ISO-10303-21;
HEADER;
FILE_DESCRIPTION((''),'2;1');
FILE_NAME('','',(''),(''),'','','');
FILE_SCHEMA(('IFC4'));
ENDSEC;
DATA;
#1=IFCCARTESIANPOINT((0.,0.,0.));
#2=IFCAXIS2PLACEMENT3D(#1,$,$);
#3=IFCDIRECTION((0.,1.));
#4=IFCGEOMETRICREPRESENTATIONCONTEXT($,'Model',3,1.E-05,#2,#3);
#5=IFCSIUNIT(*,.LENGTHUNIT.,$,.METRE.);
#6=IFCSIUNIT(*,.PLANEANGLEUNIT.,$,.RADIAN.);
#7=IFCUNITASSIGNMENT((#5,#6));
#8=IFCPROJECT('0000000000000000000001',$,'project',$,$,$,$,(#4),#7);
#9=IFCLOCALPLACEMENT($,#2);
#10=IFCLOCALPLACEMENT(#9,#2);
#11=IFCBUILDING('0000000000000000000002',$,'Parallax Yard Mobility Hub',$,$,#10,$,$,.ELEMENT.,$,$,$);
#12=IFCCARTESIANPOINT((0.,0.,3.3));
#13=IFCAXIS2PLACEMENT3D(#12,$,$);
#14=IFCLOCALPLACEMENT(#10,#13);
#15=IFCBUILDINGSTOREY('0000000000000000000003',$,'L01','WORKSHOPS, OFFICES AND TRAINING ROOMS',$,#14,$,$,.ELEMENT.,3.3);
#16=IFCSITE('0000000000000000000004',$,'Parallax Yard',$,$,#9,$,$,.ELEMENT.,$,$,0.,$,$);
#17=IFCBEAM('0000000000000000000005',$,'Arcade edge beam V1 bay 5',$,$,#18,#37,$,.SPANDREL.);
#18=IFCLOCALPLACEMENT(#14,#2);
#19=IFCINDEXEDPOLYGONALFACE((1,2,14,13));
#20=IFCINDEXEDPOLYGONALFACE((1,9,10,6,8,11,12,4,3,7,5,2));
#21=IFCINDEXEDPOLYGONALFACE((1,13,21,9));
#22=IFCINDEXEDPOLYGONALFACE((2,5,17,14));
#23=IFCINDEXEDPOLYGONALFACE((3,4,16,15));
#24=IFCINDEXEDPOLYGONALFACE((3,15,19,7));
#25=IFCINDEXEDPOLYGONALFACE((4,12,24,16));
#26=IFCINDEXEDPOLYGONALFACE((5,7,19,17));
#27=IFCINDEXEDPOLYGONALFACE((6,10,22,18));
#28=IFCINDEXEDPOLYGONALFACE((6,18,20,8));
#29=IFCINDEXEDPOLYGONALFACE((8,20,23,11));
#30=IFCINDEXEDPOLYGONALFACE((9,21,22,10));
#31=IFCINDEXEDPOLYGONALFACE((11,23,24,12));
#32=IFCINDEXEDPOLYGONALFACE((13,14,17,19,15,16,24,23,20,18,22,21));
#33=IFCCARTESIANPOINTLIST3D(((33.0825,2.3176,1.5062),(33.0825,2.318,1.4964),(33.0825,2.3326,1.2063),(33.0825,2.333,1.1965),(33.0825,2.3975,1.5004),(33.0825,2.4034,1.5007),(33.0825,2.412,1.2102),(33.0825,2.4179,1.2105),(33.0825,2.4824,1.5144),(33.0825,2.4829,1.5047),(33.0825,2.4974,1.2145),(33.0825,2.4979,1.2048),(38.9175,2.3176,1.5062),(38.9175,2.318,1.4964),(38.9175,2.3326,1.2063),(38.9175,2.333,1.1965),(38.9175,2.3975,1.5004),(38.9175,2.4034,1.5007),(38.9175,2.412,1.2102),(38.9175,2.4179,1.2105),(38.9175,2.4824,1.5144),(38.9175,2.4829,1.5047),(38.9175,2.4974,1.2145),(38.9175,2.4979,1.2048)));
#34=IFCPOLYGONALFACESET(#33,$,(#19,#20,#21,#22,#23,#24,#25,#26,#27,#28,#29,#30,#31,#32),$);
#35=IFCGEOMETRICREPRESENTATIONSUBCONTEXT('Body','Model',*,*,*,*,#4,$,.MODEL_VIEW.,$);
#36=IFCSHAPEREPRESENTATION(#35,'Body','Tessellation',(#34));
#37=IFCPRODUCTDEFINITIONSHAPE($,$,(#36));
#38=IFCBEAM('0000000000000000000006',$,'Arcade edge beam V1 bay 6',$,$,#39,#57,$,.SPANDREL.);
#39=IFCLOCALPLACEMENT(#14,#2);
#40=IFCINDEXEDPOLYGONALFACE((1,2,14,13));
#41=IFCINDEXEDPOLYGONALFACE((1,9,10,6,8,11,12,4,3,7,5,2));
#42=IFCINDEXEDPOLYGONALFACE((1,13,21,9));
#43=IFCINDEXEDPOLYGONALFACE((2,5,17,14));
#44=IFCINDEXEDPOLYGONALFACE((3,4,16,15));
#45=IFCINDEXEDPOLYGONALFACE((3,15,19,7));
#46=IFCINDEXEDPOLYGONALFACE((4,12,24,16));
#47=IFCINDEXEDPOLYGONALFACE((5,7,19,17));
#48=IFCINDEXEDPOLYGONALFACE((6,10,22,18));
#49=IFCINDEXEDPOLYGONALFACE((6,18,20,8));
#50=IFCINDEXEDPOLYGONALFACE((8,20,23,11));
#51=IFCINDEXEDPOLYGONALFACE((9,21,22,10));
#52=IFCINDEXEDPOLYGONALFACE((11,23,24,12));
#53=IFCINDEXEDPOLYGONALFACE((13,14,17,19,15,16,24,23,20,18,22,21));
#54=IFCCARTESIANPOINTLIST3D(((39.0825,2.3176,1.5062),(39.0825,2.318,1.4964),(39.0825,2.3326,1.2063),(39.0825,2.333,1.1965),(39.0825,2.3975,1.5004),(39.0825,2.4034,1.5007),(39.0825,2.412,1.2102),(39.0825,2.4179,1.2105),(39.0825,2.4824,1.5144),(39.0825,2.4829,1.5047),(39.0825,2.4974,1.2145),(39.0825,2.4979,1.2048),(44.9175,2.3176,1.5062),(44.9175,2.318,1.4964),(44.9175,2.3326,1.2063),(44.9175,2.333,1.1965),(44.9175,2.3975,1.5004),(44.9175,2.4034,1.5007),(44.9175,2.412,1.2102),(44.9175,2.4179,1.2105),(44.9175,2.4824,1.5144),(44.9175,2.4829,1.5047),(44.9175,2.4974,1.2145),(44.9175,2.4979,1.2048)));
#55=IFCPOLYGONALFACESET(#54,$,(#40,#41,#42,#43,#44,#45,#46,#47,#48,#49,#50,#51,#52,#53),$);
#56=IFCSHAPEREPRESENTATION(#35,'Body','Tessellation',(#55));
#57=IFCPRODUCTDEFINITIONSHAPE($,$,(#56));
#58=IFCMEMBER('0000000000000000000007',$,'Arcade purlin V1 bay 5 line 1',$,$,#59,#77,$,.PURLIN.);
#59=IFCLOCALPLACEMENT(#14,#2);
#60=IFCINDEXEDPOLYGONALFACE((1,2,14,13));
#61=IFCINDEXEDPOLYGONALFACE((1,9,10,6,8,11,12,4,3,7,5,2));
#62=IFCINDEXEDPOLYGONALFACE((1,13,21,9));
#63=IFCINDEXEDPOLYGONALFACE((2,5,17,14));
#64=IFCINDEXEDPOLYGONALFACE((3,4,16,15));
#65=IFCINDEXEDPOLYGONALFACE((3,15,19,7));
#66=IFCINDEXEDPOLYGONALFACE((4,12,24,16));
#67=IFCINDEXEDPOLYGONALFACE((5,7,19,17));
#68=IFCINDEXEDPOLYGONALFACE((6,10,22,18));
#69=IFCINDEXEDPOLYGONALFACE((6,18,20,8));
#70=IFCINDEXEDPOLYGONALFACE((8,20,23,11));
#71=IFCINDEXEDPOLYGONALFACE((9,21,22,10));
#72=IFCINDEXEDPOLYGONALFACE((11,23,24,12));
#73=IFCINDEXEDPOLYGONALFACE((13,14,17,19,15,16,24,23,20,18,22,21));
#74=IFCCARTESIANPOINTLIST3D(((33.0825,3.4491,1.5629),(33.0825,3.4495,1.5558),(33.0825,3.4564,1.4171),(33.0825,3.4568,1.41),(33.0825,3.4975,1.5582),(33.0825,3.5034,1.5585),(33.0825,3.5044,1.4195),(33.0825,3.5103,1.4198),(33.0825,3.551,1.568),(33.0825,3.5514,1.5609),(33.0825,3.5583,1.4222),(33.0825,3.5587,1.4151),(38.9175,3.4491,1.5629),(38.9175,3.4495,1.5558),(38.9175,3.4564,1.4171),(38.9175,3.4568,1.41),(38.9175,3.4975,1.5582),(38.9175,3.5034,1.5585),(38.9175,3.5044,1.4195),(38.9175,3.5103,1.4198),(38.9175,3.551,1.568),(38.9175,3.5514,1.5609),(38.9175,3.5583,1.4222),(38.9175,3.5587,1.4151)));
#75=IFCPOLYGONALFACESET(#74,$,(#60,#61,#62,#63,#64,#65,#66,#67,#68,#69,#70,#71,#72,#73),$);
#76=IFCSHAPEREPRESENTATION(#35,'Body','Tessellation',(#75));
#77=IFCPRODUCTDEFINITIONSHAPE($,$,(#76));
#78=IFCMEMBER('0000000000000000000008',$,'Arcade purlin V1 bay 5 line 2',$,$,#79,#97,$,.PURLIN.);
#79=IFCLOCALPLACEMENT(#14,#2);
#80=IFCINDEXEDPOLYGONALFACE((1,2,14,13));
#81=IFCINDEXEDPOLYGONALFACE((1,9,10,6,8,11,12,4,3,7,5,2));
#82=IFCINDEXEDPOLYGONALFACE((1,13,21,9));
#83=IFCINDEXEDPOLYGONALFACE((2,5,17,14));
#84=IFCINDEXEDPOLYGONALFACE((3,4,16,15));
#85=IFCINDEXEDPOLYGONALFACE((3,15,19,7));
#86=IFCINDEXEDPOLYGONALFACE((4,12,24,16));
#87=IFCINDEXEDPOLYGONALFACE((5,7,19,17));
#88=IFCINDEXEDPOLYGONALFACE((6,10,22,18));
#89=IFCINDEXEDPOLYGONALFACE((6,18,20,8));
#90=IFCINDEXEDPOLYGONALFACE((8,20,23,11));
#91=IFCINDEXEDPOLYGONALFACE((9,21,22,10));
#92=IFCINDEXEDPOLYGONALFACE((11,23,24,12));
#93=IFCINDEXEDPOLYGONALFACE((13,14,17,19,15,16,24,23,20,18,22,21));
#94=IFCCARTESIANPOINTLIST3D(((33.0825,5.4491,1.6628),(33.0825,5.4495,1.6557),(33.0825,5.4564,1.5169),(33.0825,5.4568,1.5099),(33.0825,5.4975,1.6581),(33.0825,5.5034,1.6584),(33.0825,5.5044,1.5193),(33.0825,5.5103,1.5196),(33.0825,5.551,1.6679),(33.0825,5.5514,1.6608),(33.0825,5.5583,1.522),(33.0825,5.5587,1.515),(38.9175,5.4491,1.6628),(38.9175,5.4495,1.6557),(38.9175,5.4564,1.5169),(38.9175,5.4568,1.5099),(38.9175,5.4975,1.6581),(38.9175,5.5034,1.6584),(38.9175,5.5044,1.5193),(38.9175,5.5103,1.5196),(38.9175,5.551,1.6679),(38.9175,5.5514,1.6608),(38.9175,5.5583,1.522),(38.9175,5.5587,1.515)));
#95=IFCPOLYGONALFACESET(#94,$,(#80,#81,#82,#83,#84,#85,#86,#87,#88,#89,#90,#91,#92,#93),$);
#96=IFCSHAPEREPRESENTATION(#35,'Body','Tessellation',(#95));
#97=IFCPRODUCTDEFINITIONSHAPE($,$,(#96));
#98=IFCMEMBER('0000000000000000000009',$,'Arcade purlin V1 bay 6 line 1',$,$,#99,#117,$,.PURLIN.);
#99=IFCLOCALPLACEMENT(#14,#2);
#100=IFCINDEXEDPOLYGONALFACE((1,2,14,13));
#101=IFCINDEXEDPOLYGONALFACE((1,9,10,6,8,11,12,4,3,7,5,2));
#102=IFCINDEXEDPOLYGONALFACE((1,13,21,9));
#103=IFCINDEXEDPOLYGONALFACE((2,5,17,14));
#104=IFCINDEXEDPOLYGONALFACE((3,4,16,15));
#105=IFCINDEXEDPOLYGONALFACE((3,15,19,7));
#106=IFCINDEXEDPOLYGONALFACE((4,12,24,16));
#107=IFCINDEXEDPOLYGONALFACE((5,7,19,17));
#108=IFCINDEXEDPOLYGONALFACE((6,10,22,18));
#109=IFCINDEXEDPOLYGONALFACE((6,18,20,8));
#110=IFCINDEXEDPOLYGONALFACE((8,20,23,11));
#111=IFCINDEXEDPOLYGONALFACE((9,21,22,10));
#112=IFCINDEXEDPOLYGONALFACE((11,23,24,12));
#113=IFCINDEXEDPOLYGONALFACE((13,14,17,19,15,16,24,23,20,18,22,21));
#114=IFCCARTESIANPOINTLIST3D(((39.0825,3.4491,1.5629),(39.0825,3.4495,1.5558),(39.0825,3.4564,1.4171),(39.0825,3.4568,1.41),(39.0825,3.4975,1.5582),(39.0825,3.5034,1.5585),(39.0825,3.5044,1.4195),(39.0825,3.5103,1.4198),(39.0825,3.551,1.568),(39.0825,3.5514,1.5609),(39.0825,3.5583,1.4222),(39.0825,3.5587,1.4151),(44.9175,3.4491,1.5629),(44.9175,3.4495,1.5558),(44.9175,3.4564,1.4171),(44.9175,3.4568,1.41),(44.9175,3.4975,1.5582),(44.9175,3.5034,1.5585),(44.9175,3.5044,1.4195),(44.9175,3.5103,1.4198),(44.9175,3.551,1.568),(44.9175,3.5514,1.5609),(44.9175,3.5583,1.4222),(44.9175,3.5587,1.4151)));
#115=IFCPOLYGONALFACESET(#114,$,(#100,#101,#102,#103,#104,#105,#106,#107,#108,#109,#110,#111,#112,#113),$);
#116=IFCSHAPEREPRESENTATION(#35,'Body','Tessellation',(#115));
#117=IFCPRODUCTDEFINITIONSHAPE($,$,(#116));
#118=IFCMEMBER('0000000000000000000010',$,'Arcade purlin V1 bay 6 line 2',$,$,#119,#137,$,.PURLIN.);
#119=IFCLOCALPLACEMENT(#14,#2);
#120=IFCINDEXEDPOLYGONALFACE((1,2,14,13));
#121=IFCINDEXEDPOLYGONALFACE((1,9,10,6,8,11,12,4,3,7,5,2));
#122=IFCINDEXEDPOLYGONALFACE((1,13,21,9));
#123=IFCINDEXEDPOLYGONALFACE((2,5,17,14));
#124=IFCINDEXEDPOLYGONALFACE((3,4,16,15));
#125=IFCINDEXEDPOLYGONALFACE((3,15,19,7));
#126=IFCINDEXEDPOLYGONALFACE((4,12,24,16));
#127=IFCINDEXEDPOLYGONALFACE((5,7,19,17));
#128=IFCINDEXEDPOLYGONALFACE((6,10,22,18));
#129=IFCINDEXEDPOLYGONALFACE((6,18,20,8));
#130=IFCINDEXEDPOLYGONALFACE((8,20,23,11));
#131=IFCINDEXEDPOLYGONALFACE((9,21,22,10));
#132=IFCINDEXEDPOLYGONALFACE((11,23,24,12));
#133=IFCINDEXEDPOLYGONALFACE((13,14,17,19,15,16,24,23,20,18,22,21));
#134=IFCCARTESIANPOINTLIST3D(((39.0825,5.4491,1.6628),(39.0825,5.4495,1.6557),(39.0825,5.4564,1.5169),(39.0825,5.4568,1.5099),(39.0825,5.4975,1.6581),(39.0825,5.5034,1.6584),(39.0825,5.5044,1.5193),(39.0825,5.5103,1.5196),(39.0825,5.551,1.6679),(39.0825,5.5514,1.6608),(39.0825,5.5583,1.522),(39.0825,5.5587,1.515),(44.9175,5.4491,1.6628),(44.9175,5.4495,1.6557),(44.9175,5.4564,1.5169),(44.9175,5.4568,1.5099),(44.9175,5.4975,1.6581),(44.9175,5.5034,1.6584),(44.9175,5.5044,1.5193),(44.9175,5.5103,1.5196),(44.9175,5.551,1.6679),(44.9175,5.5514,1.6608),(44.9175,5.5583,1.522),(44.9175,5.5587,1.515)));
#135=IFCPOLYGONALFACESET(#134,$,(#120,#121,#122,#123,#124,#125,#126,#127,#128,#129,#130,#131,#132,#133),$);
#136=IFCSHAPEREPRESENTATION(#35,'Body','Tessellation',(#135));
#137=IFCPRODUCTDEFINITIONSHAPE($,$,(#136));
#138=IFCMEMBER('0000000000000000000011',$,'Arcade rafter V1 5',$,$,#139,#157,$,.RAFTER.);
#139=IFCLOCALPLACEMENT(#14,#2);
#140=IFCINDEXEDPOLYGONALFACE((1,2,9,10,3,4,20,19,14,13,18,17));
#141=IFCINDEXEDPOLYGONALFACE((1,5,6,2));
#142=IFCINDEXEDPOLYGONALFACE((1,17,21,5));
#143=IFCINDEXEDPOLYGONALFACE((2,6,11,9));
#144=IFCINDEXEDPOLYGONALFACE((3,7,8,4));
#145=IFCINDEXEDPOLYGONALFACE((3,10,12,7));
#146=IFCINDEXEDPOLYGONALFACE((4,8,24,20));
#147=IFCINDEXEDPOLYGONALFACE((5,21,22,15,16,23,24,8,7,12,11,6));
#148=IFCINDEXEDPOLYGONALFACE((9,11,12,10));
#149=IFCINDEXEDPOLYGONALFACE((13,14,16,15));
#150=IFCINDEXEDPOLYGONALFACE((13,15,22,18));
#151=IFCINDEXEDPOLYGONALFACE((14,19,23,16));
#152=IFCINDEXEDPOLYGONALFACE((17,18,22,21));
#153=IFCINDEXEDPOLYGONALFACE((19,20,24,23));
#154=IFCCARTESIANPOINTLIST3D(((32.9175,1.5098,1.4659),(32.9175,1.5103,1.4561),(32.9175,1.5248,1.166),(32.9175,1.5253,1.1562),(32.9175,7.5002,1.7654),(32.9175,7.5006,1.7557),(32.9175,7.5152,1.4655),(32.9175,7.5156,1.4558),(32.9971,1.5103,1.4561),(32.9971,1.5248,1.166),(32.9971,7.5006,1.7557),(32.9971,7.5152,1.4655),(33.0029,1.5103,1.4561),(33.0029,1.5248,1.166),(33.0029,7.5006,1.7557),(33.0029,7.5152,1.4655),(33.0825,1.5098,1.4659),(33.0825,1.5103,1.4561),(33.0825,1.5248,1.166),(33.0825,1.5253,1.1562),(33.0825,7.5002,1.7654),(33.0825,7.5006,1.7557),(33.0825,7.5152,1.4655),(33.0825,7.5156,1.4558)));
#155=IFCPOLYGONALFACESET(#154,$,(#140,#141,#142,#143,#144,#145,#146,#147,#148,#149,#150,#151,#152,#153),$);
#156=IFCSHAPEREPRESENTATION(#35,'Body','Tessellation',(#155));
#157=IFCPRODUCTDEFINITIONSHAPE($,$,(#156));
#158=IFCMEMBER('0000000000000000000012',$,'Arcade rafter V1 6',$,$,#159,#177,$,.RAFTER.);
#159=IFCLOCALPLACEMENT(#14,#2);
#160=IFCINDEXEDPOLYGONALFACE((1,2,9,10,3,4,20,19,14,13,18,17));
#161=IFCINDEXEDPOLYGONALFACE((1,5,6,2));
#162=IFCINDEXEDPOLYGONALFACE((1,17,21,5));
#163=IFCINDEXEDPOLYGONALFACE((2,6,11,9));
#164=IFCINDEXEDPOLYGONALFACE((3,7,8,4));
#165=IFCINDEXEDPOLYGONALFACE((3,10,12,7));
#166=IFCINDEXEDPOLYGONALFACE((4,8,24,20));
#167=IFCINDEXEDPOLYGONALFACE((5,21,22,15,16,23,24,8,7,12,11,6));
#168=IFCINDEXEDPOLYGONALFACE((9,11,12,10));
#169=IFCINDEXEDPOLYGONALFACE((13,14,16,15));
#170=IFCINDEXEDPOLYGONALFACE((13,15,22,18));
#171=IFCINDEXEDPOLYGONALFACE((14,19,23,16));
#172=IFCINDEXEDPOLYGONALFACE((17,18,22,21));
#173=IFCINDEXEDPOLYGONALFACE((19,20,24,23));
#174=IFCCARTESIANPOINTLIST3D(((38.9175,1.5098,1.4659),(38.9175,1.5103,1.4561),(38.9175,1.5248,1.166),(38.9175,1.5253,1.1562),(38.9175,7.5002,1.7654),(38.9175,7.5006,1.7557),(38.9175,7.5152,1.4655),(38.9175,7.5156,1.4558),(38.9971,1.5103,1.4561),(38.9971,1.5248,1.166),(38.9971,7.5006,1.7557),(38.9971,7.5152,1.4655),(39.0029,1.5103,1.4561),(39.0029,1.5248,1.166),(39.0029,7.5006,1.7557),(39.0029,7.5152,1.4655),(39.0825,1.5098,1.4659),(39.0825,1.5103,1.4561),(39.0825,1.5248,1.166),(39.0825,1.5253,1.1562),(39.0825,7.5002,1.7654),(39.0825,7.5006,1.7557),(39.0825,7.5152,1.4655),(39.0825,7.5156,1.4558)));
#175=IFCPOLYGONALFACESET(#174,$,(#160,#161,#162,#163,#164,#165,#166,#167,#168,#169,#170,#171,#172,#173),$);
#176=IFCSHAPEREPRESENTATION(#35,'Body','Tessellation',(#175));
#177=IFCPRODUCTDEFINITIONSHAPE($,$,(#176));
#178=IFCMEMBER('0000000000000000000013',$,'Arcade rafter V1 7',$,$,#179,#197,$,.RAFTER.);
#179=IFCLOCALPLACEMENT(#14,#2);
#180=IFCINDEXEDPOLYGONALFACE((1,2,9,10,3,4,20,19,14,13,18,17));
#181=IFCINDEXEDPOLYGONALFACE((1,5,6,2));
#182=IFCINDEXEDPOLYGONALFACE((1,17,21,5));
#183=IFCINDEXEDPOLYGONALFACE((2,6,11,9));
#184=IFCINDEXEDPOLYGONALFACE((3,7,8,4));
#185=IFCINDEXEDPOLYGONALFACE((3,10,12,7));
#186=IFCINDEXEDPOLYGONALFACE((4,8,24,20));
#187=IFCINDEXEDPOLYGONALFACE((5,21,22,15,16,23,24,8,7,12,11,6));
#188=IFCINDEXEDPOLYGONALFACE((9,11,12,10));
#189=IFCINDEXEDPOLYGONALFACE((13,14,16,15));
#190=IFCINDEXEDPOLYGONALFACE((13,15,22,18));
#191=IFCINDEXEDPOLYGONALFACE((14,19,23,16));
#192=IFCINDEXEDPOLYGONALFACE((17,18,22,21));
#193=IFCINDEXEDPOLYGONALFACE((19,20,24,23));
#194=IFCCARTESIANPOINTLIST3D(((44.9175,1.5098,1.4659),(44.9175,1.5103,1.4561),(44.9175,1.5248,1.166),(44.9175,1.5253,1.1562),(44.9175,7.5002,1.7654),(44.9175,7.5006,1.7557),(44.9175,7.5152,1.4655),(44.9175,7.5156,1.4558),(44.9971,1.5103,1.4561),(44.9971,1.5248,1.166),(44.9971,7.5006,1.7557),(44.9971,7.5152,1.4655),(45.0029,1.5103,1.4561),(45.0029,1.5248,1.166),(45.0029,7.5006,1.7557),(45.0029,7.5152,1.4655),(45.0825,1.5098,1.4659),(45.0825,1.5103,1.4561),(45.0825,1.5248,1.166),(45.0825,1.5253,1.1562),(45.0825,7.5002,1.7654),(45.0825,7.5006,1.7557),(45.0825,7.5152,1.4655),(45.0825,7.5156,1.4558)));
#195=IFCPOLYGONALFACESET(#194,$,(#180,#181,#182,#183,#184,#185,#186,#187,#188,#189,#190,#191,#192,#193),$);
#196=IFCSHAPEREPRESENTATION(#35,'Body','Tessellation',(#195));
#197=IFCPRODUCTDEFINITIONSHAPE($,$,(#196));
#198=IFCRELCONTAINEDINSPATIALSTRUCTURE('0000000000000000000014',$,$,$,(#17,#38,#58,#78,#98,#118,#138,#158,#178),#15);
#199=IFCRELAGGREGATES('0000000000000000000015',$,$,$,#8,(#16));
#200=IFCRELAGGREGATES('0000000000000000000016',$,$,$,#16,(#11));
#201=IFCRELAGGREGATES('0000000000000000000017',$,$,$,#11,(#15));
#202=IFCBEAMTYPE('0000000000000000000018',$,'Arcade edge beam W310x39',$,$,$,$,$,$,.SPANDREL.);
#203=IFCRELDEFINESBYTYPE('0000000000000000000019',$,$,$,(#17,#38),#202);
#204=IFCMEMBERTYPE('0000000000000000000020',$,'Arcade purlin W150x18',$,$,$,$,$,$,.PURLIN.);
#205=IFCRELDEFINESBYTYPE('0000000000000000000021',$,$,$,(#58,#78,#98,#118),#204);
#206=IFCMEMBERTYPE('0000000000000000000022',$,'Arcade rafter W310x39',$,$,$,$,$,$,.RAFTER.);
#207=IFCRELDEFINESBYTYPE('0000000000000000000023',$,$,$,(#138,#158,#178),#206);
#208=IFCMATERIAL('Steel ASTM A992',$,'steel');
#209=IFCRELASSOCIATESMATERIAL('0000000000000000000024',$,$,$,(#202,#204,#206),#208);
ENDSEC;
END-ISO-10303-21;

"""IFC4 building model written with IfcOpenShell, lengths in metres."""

from ifc_helpers import new_model, si_unit, direction, frame, origin, origin_2d, place, context, subcontext, project, spatial, i_section, extrude, material, material_profile, profile_set, type_object, element, save


model = new_model("IFC4")

# Units and contexts
model_context = context("Model", 3, precision=1e-05, world=origin(), true_north=direction((0.0, 1.0)))
body_context = subcontext(model_context, "Body", "Model", "MODEL_VIEW")
ifc_project = project(units=[si_unit("LENGTHUNIT", "METRE"), si_unit("PLANEANGLEUNIT", "RADIAN")], contexts=[model_context])

# Site, building, storey
site_placement = place(None, origin())
site = spatial("IfcSite", under=ifc_project, at=site_placement, Name="Parallax Yard", CompositionType="ELEMENT", RefElevation=0.0)
building_placement = place(site_placement, origin())
building = spatial("IfcBuilding", under=site, at=building_placement, Name="Parallax Yard Mobility Hub", CompositionType="ELEMENT")
storey_placement = place(building_placement, frame((0.0, 0.0, 3.3)))
storey = spatial("IfcBuildingStorey", under=building, at=storey_placement, Name="L01", Description="WORKSHOPS, OFFICES AND TRAINING ROOMS", CompositionType="ELEMENT", Elevation=3.3)

# Shared definitions
ifc_material_1 = material(Name="Steel ASTM A992", Category="steel")

# Beams
ifc_material_profile_1 = material_profile(ifc_material_1, i_section(OverallWidth=0.165, OverallDepth=0.3101, WebThickness=0.0059, FlangeThickness=0.0098, at=origin_2d()), Name="W310x39")
ifc_profile_set_1 = profile_set([ifc_material_profile_1], Name="Steel ASTM A992")
beam_type = type_object("IfcBeamType", Name="Arcade edge beam W310x39", PredefinedType="SPANDREL", material=ifc_profile_set_1)
for number, where, z_axis, x_axis, name in (
    (1, (33.0825, 2.4077, 1.3555), (1.0, 0.0, 0.0), (0.0, 0.998752, 0.049938), "Arcade edge beam V1 bay 5"),
    (2, (39.0825, 2.4077, 1.3555), (1.0, 0.0, 0.0), (0.0, 0.998752, 0.049938), "Arcade edge beam V1 bay 6"),
):
    element("IfcBeam", number, at=place(storey_placement, frame(where, z_axis=z_axis, x_axis=x_axis)), inside=storey, type_object=beam_type, Name=name, PredefinedType="SPANDREL", context=body_context, shape_type="SweptSolid", body=[
        extrude(i_section(OverallWidth=0.165, OverallDepth=0.3101, WebThickness=0.0059, FlangeThickness=0.0098, at=origin_2d()), origin(), (0.0, 0.0, 1.0), 5.835),
    ])

# Members
ifc_material_profile_2 = material_profile(ifc_material_1, i_section(OverallWidth=0.1021, OverallDepth=0.1531, WebThickness=0.0059, FlangeThickness=0.0071, at=origin_2d()), Name="W150x18")
ifc_profile_set_2 = profile_set([ifc_material_profile_2], Name="Steel ASTM A992")
member_type_1 = type_object("IfcMemberType", Name="Arcade purlin W150x18", PredefinedType="PURLIN", material=ifc_profile_set_2)
for number, where, z_axis, x_axis, name in (
    (3, (33.0825, 3.5039, 1.489), (1.0, 0.0, 0.0), (0.0, 0.998752, 0.049938), "Arcade purlin V1 bay 5 line 1"),
    (4, (33.0825, 5.5039, 1.5889), (1.0, 0.0, 0.0), (0.0, 0.998752, 0.049938), "Arcade purlin V1 bay 5 line 2"),
    (5, (39.0825, 3.5039, 1.489), (1.0, 0.0, 0.0), (0.0, 0.998752, 0.049938), "Arcade purlin V1 bay 6 line 1"),
    (6, (39.0825, 5.5039, 1.5889), (1.0, 0.0, 0.0), (0.0, 0.998752, 0.049938), "Arcade purlin V1 bay 6 line 2"),
):
    element("IfcMember", number, at=place(storey_placement, frame(where, z_axis=z_axis, x_axis=x_axis)), inside=storey, type_object=member_type_1, Name=name, PredefinedType="PURLIN", context=body_context, shape_type="SweptSolid", body=[
        extrude(i_section(OverallWidth=0.1021, OverallDepth=0.1531, WebThickness=0.0059, FlangeThickness=0.0071, at=origin_2d()), origin(), (0.0, 0.0, 1.0), 5.835),
    ])
ifc_material_profile_3 = material_profile(ifc_material_1, i_section(OverallWidth=0.165, OverallDepth=0.3101, WebThickness=0.0059, FlangeThickness=0.0098, at=origin_2d()), Name="W310x39")
ifc_profile_set_3 = profile_set([ifc_material_profile_3], Name="Steel ASTM A992")
member_type_2 = type_object("IfcMemberType", Name="Arcade rafter W310x39", PredefinedType="RAFTER", material=ifc_profile_set_3)
for number, where, z_axis, x_axis, name in (
    (7, (33.0, 1.5176, 1.311), (0.0, 0.998752, 0.049946), (-1.0, 0.0, 0.0), "Arcade rafter V1 5"),
    (8, (39.0, 1.5176, 1.311), (0.0, 0.998752, 0.049946), (-1.0, 0.0, 0.0), "Arcade rafter V1 6"),
    (9, (45.0, 1.5176, 1.311), (0.0, 0.998752, 0.049946), (-1.0, 0.0, 0.0), "Arcade rafter V1 7"),
):
    element("IfcMember", number, at=place(storey_placement, frame(where, z_axis=z_axis, x_axis=x_axis)), inside=storey, type_object=member_type_2, Name=name, PredefinedType="RAFTER", context=body_context, shape_type="SweptSolid", body=[
        extrude(i_section(OverallWidth=0.165, OverallDepth=0.3101, WebThickness=0.0059, FlangeThickness=0.0098, at=origin_2d()), origin(), (0.0, 0.0, 1.0), 5.9978),
    ])

save(model, "model.ifc")
